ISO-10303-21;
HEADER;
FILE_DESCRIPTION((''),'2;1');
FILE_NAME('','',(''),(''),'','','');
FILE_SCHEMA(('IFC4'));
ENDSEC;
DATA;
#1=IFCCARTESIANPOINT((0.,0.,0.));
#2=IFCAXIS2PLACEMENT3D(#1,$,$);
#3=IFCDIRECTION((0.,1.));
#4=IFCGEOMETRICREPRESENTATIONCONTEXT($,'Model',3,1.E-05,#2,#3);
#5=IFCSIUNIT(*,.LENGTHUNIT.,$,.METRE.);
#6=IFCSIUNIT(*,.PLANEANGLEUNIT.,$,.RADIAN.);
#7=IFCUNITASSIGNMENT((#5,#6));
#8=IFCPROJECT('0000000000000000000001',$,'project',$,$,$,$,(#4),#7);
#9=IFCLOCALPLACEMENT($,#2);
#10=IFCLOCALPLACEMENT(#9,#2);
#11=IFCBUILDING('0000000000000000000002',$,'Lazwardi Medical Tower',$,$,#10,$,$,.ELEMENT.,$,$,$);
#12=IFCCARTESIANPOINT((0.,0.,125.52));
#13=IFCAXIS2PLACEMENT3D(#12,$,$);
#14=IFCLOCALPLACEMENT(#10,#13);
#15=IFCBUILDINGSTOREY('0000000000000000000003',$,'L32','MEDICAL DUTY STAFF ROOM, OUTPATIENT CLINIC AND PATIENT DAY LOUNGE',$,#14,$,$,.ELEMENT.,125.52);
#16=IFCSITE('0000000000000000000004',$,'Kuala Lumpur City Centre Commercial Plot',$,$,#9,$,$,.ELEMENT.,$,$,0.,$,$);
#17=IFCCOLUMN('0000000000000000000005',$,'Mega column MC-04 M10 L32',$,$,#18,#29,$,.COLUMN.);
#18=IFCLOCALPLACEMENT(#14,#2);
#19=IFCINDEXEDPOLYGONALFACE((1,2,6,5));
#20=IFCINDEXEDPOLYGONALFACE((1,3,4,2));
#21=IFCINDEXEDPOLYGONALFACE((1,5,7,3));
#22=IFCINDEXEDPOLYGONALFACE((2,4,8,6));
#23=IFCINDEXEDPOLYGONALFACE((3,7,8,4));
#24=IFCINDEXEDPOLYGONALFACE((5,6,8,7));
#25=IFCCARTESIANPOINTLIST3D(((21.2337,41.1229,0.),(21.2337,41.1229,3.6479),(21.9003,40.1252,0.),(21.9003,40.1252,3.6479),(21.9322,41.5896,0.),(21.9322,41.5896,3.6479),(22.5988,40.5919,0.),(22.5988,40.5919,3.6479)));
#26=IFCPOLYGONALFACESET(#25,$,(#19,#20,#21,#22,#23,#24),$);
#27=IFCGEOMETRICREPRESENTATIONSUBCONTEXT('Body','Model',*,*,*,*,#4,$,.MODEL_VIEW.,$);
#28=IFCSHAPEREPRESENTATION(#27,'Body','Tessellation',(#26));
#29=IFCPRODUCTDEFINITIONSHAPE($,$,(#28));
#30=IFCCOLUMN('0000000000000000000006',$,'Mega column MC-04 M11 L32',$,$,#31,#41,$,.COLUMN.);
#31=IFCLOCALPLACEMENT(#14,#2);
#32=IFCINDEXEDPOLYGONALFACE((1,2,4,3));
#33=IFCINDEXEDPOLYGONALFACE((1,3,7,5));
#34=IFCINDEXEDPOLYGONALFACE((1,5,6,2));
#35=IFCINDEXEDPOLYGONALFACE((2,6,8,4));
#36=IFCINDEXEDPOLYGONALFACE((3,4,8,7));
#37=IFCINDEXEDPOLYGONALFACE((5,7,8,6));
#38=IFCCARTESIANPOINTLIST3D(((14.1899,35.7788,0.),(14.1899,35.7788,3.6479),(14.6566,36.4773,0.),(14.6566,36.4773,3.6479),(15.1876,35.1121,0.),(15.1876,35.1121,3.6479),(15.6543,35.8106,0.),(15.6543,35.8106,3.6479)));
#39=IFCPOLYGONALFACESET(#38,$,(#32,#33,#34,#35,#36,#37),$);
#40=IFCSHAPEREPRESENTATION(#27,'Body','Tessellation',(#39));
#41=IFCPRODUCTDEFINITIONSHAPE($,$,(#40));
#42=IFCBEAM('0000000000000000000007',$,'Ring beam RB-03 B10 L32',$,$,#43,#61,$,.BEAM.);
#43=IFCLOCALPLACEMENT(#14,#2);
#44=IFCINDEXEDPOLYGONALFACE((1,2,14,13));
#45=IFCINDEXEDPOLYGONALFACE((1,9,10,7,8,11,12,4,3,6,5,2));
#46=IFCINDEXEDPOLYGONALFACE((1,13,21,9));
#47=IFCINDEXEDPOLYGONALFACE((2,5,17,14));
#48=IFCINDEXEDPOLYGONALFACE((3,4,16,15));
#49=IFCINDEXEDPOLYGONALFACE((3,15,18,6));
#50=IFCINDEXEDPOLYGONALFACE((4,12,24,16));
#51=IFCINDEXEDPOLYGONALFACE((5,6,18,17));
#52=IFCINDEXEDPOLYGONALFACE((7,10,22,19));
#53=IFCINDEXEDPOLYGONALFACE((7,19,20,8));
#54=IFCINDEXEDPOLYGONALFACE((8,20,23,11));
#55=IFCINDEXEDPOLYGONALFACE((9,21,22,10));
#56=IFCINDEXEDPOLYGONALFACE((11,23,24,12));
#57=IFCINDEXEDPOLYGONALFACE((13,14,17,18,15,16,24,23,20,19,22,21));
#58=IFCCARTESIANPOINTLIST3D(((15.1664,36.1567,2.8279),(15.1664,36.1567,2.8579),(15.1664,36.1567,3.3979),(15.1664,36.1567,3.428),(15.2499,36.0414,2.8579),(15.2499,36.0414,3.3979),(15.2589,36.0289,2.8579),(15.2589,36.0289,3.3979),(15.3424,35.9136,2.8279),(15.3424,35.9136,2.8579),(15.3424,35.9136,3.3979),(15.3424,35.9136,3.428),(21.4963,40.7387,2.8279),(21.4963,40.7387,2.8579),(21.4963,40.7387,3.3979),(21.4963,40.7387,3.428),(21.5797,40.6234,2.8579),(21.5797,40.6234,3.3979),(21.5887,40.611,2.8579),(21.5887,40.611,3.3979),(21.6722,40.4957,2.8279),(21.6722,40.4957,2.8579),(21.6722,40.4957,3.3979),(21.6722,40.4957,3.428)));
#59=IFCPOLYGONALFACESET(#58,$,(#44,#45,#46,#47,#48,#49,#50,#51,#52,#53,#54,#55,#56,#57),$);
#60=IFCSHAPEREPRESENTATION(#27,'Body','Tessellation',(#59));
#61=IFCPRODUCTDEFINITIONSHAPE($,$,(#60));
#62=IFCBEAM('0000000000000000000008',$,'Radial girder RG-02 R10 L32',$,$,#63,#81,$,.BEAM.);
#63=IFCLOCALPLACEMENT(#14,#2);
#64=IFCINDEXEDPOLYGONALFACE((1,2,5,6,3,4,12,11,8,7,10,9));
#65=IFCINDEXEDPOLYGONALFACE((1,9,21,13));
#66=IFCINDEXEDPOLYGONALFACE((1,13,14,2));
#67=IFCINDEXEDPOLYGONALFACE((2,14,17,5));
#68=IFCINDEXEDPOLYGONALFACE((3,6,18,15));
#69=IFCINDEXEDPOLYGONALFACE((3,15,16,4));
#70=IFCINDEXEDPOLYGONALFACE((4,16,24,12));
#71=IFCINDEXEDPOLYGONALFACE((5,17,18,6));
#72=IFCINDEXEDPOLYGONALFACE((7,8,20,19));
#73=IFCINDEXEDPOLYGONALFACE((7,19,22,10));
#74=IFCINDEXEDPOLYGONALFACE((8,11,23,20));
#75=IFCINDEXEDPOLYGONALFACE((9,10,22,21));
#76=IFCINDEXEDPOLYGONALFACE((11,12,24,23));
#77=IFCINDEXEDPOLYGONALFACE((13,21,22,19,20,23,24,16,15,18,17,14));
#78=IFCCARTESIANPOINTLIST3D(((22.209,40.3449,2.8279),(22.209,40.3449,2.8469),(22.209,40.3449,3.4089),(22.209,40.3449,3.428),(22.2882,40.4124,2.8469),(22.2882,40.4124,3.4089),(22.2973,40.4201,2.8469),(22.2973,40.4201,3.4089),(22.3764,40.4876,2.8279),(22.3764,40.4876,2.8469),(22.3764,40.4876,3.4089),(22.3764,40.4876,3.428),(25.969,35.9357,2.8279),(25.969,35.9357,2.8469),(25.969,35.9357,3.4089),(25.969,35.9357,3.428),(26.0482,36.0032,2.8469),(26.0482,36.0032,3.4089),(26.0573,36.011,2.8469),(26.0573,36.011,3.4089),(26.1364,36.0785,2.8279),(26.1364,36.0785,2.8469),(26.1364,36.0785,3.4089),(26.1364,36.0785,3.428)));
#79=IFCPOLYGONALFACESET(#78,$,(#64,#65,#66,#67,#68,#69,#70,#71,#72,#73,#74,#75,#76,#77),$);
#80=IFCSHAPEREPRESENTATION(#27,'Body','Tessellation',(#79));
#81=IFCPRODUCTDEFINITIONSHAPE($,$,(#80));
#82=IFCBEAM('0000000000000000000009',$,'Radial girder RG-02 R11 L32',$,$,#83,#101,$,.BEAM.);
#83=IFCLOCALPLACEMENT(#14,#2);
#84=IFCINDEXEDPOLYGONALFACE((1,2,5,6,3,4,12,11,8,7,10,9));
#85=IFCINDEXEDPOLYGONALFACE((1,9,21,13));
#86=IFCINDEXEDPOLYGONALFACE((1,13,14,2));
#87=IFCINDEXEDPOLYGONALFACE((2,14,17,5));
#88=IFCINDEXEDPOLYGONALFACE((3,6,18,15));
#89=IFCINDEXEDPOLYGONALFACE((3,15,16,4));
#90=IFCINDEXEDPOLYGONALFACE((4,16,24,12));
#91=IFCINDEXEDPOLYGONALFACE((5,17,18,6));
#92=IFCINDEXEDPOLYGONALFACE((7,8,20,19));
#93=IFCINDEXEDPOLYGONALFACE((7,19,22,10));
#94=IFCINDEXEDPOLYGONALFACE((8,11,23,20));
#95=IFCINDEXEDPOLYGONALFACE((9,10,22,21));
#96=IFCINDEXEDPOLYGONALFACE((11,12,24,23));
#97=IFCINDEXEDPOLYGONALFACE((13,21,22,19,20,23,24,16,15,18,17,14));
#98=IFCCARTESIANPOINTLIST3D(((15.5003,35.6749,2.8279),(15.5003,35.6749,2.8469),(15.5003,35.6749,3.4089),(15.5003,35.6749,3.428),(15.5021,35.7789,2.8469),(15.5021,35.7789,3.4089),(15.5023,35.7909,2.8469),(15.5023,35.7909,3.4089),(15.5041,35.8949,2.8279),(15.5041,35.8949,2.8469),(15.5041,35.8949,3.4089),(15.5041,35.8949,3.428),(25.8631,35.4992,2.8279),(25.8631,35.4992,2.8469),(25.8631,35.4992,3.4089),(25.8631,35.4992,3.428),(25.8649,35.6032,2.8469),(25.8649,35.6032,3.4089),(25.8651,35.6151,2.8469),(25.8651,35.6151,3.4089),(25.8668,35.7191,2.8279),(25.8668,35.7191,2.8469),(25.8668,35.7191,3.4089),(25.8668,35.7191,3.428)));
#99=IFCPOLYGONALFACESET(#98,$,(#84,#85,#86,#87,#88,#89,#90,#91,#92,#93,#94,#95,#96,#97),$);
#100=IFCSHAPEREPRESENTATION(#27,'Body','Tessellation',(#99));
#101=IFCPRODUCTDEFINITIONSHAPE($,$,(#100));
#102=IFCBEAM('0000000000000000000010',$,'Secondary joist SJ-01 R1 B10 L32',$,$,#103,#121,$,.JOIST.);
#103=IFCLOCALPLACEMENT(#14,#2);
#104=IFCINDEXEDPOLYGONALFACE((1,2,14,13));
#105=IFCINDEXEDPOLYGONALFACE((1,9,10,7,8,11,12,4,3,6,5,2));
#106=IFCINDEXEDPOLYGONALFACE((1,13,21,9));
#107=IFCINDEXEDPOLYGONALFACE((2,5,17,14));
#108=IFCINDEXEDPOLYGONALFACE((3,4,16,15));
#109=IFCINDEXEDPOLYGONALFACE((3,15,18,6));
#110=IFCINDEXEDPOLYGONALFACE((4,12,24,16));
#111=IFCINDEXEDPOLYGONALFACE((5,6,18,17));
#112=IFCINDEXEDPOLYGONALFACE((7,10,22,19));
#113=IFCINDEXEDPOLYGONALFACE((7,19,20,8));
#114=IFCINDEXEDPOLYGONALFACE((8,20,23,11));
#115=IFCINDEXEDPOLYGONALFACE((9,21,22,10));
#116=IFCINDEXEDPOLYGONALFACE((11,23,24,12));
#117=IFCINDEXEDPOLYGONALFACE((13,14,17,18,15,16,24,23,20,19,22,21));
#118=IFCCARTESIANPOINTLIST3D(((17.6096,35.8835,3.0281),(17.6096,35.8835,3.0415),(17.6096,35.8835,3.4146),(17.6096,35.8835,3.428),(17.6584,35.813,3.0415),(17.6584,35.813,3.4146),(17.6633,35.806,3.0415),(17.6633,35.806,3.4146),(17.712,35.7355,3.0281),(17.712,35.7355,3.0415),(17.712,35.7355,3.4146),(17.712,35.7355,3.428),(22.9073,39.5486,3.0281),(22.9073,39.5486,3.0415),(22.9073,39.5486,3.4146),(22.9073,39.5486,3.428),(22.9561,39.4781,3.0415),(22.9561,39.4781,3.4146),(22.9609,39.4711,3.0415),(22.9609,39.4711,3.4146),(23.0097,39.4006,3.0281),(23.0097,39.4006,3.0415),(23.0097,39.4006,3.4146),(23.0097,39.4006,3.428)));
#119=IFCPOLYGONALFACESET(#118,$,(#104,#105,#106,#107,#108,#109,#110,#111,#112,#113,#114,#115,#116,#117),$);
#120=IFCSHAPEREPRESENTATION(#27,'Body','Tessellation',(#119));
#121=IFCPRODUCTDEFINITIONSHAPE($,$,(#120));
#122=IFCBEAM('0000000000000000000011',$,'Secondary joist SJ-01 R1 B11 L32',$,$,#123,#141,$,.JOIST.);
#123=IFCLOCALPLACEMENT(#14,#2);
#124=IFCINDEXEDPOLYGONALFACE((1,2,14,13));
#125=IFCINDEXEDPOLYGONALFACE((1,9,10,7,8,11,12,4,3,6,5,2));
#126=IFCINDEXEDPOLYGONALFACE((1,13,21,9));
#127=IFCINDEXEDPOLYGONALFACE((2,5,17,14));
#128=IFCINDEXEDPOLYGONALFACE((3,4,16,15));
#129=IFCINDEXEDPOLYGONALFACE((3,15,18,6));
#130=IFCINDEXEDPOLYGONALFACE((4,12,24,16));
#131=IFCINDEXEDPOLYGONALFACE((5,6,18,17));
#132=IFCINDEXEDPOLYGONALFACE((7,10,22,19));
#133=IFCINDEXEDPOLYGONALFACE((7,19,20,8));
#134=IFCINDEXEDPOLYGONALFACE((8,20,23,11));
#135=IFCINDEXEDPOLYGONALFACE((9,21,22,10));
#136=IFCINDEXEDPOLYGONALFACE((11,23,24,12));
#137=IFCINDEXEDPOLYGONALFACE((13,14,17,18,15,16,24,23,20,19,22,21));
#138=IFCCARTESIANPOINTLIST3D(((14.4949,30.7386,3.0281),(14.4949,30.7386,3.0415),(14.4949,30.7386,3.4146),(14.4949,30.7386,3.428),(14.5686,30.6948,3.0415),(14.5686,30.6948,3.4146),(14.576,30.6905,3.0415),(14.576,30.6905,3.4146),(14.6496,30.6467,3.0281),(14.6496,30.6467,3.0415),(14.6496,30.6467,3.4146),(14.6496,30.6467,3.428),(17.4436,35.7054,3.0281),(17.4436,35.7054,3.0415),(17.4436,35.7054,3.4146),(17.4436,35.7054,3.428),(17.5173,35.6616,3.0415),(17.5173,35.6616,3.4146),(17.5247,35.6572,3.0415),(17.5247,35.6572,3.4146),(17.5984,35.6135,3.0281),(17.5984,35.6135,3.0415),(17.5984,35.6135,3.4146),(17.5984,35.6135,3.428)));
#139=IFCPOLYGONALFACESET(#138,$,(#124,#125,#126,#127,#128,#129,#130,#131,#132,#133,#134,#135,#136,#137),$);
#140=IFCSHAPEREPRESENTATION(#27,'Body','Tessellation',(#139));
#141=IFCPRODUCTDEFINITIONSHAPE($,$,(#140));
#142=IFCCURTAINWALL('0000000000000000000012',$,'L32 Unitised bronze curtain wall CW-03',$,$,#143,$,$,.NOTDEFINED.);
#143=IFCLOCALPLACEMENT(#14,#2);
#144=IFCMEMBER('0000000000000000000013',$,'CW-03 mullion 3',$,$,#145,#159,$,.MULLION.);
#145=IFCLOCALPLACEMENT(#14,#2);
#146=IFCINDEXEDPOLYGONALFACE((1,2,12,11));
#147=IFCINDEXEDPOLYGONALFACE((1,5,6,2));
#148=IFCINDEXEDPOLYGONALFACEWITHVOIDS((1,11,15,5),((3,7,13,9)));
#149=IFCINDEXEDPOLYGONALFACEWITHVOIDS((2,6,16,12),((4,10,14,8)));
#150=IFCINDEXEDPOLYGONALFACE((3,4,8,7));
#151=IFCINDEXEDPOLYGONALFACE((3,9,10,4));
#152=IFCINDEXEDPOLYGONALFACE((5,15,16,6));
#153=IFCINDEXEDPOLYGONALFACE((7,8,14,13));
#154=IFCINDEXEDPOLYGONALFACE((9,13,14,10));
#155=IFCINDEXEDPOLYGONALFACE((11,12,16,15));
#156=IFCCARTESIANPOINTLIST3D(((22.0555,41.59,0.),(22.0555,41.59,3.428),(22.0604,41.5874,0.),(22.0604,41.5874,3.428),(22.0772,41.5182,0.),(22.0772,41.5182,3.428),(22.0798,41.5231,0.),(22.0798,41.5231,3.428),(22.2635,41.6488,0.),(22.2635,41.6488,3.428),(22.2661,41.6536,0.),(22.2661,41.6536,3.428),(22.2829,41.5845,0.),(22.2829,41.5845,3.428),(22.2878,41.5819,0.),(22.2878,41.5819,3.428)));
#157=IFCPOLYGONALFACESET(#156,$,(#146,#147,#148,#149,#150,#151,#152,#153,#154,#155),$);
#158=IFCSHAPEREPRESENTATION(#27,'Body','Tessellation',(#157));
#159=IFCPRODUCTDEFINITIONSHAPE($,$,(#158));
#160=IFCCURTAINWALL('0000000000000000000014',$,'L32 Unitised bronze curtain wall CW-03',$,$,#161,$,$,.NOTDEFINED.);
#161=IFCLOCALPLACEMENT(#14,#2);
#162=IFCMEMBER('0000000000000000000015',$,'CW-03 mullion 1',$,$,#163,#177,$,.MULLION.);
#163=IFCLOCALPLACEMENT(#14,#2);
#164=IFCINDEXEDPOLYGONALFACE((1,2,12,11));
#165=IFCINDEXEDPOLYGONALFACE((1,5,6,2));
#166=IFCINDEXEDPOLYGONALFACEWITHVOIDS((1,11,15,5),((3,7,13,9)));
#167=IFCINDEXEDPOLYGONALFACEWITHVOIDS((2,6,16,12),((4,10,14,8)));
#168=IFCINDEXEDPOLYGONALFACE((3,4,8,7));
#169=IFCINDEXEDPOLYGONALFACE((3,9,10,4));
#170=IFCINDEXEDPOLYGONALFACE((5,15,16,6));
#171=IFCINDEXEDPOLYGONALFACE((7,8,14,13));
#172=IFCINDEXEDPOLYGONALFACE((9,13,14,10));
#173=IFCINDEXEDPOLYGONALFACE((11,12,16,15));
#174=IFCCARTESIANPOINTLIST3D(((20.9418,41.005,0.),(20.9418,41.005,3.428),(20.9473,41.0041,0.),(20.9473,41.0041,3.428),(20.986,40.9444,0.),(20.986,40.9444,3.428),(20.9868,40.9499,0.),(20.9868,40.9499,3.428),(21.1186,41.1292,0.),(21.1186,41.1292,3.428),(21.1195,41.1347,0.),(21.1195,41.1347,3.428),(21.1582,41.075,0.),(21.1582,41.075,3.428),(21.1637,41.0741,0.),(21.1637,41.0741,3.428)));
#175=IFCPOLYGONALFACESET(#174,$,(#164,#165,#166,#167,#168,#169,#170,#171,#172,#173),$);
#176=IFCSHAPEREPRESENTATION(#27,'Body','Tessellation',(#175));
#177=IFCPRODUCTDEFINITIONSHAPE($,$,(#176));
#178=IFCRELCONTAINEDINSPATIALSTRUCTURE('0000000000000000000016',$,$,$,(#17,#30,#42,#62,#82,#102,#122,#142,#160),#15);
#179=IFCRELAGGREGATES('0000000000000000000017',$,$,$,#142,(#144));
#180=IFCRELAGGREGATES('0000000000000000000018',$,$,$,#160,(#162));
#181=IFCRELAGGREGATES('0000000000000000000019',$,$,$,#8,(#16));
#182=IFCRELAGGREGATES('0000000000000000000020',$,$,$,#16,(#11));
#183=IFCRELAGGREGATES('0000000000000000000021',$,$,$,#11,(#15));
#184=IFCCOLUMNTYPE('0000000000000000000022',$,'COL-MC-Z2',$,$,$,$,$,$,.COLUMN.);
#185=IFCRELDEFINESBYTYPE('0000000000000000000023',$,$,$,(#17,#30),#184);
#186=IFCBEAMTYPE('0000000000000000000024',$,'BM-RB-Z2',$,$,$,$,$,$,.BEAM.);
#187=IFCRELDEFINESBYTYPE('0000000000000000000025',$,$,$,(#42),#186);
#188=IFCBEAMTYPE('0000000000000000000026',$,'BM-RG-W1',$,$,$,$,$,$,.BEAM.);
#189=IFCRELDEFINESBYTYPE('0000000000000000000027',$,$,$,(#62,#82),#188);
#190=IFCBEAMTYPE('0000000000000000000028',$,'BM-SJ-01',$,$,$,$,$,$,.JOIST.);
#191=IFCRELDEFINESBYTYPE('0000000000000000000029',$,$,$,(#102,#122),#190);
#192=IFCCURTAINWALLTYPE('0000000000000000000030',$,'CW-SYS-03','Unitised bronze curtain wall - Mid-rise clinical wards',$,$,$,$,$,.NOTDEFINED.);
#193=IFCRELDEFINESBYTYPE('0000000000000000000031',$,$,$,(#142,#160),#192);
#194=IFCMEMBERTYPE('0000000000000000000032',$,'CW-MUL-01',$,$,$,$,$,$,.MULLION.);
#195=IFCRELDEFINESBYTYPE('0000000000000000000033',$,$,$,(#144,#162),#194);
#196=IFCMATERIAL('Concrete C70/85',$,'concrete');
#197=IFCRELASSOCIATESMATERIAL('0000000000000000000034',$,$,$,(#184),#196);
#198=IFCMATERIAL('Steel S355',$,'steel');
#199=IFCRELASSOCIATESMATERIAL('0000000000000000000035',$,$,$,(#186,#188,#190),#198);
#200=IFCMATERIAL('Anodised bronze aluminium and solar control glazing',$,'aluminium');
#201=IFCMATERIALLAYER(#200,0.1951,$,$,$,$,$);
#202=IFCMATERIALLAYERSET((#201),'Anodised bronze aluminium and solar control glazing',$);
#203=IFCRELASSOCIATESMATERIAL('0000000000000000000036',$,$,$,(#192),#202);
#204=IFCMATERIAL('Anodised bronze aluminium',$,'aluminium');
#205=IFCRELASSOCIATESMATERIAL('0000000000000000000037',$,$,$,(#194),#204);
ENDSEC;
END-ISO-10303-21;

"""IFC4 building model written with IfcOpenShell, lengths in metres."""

from ifc_helpers import new_model, si_unit, direction, frame, origin, origin_2d, place, context, subcontext, project, spatial, rectangle, hollow_rectangle, i_section, extrude, material, layer, layer_set, material_profile, profile_set, type_object, element, aggregate, save


model = new_model("IFC4")

# Units and contexts
model_context = context("Model", 3, precision=1e-05, world=origin(), true_north=direction((0.0, 1.0)))
body_context = subcontext(model_context, "Body", "Model", "MODEL_VIEW")
ifc_project = project(units=[si_unit("LENGTHUNIT", "METRE"), si_unit("PLANEANGLEUNIT", "RADIAN")], contexts=[model_context])

# Site, building, storey
site_placement = place(None, origin())
site = spatial("IfcSite", under=ifc_project, at=site_placement, Name="Kuala Lumpur City Centre Commercial Plot", CompositionType="ELEMENT", RefElevation=0.0)
building_placement = place(site_placement, origin())
building = spatial("IfcBuilding", under=site, at=building_placement, Name="Lazwardi Medical Tower", CompositionType="ELEMENT")
storey_placement = place(building_placement, frame((0.0, 0.0, 125.52)))
storey = spatial("IfcBuildingStorey", under=building, at=storey_placement, Name="L32", Description="MEDICAL DUTY STAFF ROOM, OUTPATIENT CLINIC AND PATIENT DAY LOUNGE", CompositionType="ELEMENT", Elevation=125.52)

# Columns
ifc_material_1 = material(Name="Concrete C70/85", Category="concrete")
ifc_material_profile_1 = material_profile(ifc_material_1, rectangle(XDim=1.2, YDim=0.8401, at=origin_2d()), Name="CFT-RECT 1200x840")
ifc_profile_set_1 = profile_set([ifc_material_profile_1], Name="Concrete C70/85")
column_type = type_object("IfcColumnType", Name="COL-MC-Z2", PredefinedType="COLUMN", material=ifc_profile_set_1)
for number, where, z_axis, x_axis, name in (
    (1, (21.9163, 40.8574, 0.0), (0.0, 0.0, 1.0), (-0.55557, 0.83147, 0.0), "Mega column MC-04 M10 L32"),
    (2, (14.9221, 35.7947, 0.0), (0.0, 0.0, 1.0), (-0.83147, 0.55557, 0.0), "Mega column MC-04 M11 L32"),
):
    element("IfcColumn", number, at=place(storey_placement, frame(where, z_axis=z_axis, x_axis=x_axis)), inside=storey, type_object=column_type, Name=name, PredefinedType="COLUMN", context=body_context, shape_type="SweptSolid", body=[
        extrude(rectangle(XDim=1.2, YDim=0.8401, at=origin_2d()), origin(), (0.0, 0.0, 1.0), 3.6479),
    ])

# Beams
ifc_material_2 = material(Name="Steel S355", Category="steel")
ifc_material_profile_2 = material_profile(ifc_material_2, i_section(OverallWidth=0.3, OverallDepth=0.6001, WebThickness=0.0154, FlangeThickness=0.03, at=origin_2d()), Name="HEB 600")
ifc_profile_set_2 = profile_set([ifc_material_profile_2], Name="Steel S355")
beam_type_1 = type_object("IfcBeamType", Name="BM-RB-Z2", PredefinedType="BEAM", material=ifc_profile_set_2)
beam_1_placement = place(storey_placement, frame((21.5842, 40.6172, 3.1279), z_axis=(-0.810042, -0.586372, 0.0), x_axis=(0.586372, -0.810042, 0.0)))
element("IfcBeam", 3, at=beam_1_placement, inside=storey, type_object=beam_type_1, Name="Ring beam RB-03 B10 L32", PredefinedType="BEAM", context=body_context, shape_type="SweptSolid", body=[
    extrude(i_section(OverallWidth=0.3, OverallDepth=0.6001, WebThickness=0.0154, FlangeThickness=0.03, at=origin_2d()), origin(), (0.0, 0.0, 1.0), 7.8142),
])
ifc_material_profile_3 = material_profile(ifc_material_2, i_section(OverallWidth=0.22, OverallDepth=0.6001, WebThickness=0.012, FlangeThickness=0.019, at=origin_2d()), Name="IPE 600")
ifc_profile_set_3 = profile_set([ifc_material_profile_3], Name="Steel S355")
beam_type_2 = type_object("IfcBeamType", Name="BM-RG-W1", PredefinedType="BEAM", material=ifc_profile_set_3)
beam_2_placement = place(storey_placement, frame((22.2927, 40.4163, 3.1279), z_axis=(0.648871, -0.760899, 0.0), x_axis=(0.760899, 0.648871, 0.0)))
element("IfcBeam", 4, at=beam_2_placement, inside=storey, type_object=beam_type_2, Name="Radial girder RG-02 R10 L32", PredefinedType="BEAM", context=body_context, shape_type="SweptSolid", body=[
    extrude(i_section(OverallWidth=0.22, OverallDepth=0.6001, WebThickness=0.012, FlangeThickness=0.019, at=origin_2d()), origin(), (0.0, 0.0, 1.0), 5.7947),
])
beam_3_placement = place(storey_placement, frame((15.5022, 35.7849, 3.1279), z_axis=(0.999856, -0.01696, 0.0), x_axis=(0.01696, 0.999856, 0.0)))
element("IfcBeam", 5, at=beam_3_placement, inside=storey, type_object=beam_type_2, Name="Radial girder RG-02 R11 L32", PredefinedType="BEAM", context=body_context, shape_type="SweptSolid", body=[
    extrude(i_section(OverallWidth=0.22, OverallDepth=0.6001, WebThickness=0.012, FlangeThickness=0.019, at=origin_2d()), origin(), (0.0, 0.0, 1.0), 10.3643),
])
ifc_material_profile_4 = material_profile(ifc_material_2, i_section(OverallWidth=0.1799, OverallDepth=0.3999, WebThickness=0.0085, FlangeThickness=0.0134, at=origin_2d()), Name="IPE 400")
ifc_profile_set_4 = profile_set([ifc_material_profile_4], Name="Steel S355")
beam_type_3 = type_object("IfcBeamType", Name="BM-SJ-01", PredefinedType="JOIST", material=ifc_profile_set_4)
beam_4_placement = place(storey_placement, frame((22.9585, 39.4746, 3.228), z_axis=(-0.822376, -0.568944, 0.0), x_axis=(0.568944, -0.822376, 0.0)))
element("IfcBeam", 6, at=beam_4_placement, inside=storey, type_object=beam_type_3, Name="Secondary joist SJ-01 R1 B10 L32", PredefinedType="JOIST", context=body_context, shape_type="SweptSolid", body=[
    extrude(i_section(OverallWidth=0.1799, OverallDepth=0.3999, WebThickness=0.0085, FlangeThickness=0.0134, at=origin_2d()), origin(), (0.0, 0.0, 1.0), 6.4419),
])
beam_5_placement = place(storey_placement, frame((17.521, 35.6594, 3.228), z_axis=(-0.5105, -0.859878, 0.0), x_axis=(0.859878, -0.5105, 0.0)))
element("IfcBeam", 7, at=beam_5_placement, inside=storey, type_object=beam_type_3, Name="Secondary joist SJ-01 R1 B11 L32", PredefinedType="JOIST", context=body_context, shape_type="SweptSolid", body=[
    extrude(i_section(OverallWidth=0.1799, OverallDepth=0.3999, WebThickness=0.0085, FlangeThickness=0.0134, at=origin_2d()), origin(), (0.0, 0.0, 1.0), 5.7761),
])

# Curtain wall, member
ifc_material_3 = material(Name="Anodised bronze aluminium and solar control glazing", Category="aluminium")
ifc_layer_1 = layer(ifc_material_3, 0.1951)
ifc_layer_set_1 = layer_set([ifc_layer_1], Name="Anodised bronze aluminium and solar control glazing")
curtain_wall_type = type_object("IfcCurtainWallType", Name="CW-SYS-03", Description="Unitised bronze curtain wall - Mid-rise clinical wards", PredefinedType="NOTDEFINED", material=ifc_layer_set_1)
curtain_wall_1_placement = place(storey_placement, origin())
curtain_wall_1 = element("IfcCurtainWall", 8, at=curtain_wall_1_placement, inside=storey, type_object=curtain_wall_type, Name="L32 Unitised bronze curtain wall CW-03", PredefinedType="NOTDEFINED")
ifc_material_4 = material(Name="Anodised bronze aluminium", Category="aluminium")
ifc_material_profile_5 = material_profile(ifc_material_4, hollow_rectangle(XDim=0.075, YDim=0.22, WallThickness=0.0039, at=origin_2d()), Name="ALU-MULLION 220x75x4")
ifc_profile_set_5 = profile_set([ifc_material_profile_5], Name="Anodised bronze aluminium")
member_type_1 = type_object("IfcMemberType", Name="CW-MUL-01", PredefinedType="MULLION", material=ifc_profile_set_5)
member_1_placement = place(storey_placement, frame((22.1716, 41.5859, 0.0), z_axis=(0.0, 0.0, 1.0), x_axis=(0.289374, -0.957216, 0.0)))
member_1 = element("IfcMember", 9, at=member_1_placement, type_object=member_type_1, Name="CW-03 mullion 3", PredefinedType="MULLION", context=body_context, shape_type="SweptSolid", body=[
    extrude(hollow_rectangle(XDim=0.075, YDim=0.22, WallThickness=0.0039, at=origin_2d()), origin(), (0.0, 0.0, 1.0), 3.428),
])
aggregate(curtain_wall_1, [member_1])

# Curtain wall, member
curtain_wall_2_placement = place(storey_placement, origin())
curtain_wall_2 = element("IfcCurtainWall", 10, at=curtain_wall_2_placement, inside=storey, type_object=curtain_wall_type, Name="L32 Unitised bronze curtain wall CW-03", PredefinedType="NOTDEFINED")
member_2_placement = place(storey_placement, frame((21.0527, 41.0396, 0.0), z_axis=(0.0, 0.0, 1.0), x_axis=(0.589531, -0.807746, 0.0)))
member_2 = element("IfcMember", 11, at=member_2_placement, type_object=member_type_1, Name="CW-03 mullion 1", PredefinedType="MULLION", context=body_context, shape_type="SweptSolid", body=[
    extrude(hollow_rectangle(XDim=0.075, YDim=0.22, WallThickness=0.0039, at=origin_2d()), origin(), (0.0, 0.0, 1.0), 3.428),
])

aggregate(curtain_wall_2, [member_2])

save(model, "model.ifc")
